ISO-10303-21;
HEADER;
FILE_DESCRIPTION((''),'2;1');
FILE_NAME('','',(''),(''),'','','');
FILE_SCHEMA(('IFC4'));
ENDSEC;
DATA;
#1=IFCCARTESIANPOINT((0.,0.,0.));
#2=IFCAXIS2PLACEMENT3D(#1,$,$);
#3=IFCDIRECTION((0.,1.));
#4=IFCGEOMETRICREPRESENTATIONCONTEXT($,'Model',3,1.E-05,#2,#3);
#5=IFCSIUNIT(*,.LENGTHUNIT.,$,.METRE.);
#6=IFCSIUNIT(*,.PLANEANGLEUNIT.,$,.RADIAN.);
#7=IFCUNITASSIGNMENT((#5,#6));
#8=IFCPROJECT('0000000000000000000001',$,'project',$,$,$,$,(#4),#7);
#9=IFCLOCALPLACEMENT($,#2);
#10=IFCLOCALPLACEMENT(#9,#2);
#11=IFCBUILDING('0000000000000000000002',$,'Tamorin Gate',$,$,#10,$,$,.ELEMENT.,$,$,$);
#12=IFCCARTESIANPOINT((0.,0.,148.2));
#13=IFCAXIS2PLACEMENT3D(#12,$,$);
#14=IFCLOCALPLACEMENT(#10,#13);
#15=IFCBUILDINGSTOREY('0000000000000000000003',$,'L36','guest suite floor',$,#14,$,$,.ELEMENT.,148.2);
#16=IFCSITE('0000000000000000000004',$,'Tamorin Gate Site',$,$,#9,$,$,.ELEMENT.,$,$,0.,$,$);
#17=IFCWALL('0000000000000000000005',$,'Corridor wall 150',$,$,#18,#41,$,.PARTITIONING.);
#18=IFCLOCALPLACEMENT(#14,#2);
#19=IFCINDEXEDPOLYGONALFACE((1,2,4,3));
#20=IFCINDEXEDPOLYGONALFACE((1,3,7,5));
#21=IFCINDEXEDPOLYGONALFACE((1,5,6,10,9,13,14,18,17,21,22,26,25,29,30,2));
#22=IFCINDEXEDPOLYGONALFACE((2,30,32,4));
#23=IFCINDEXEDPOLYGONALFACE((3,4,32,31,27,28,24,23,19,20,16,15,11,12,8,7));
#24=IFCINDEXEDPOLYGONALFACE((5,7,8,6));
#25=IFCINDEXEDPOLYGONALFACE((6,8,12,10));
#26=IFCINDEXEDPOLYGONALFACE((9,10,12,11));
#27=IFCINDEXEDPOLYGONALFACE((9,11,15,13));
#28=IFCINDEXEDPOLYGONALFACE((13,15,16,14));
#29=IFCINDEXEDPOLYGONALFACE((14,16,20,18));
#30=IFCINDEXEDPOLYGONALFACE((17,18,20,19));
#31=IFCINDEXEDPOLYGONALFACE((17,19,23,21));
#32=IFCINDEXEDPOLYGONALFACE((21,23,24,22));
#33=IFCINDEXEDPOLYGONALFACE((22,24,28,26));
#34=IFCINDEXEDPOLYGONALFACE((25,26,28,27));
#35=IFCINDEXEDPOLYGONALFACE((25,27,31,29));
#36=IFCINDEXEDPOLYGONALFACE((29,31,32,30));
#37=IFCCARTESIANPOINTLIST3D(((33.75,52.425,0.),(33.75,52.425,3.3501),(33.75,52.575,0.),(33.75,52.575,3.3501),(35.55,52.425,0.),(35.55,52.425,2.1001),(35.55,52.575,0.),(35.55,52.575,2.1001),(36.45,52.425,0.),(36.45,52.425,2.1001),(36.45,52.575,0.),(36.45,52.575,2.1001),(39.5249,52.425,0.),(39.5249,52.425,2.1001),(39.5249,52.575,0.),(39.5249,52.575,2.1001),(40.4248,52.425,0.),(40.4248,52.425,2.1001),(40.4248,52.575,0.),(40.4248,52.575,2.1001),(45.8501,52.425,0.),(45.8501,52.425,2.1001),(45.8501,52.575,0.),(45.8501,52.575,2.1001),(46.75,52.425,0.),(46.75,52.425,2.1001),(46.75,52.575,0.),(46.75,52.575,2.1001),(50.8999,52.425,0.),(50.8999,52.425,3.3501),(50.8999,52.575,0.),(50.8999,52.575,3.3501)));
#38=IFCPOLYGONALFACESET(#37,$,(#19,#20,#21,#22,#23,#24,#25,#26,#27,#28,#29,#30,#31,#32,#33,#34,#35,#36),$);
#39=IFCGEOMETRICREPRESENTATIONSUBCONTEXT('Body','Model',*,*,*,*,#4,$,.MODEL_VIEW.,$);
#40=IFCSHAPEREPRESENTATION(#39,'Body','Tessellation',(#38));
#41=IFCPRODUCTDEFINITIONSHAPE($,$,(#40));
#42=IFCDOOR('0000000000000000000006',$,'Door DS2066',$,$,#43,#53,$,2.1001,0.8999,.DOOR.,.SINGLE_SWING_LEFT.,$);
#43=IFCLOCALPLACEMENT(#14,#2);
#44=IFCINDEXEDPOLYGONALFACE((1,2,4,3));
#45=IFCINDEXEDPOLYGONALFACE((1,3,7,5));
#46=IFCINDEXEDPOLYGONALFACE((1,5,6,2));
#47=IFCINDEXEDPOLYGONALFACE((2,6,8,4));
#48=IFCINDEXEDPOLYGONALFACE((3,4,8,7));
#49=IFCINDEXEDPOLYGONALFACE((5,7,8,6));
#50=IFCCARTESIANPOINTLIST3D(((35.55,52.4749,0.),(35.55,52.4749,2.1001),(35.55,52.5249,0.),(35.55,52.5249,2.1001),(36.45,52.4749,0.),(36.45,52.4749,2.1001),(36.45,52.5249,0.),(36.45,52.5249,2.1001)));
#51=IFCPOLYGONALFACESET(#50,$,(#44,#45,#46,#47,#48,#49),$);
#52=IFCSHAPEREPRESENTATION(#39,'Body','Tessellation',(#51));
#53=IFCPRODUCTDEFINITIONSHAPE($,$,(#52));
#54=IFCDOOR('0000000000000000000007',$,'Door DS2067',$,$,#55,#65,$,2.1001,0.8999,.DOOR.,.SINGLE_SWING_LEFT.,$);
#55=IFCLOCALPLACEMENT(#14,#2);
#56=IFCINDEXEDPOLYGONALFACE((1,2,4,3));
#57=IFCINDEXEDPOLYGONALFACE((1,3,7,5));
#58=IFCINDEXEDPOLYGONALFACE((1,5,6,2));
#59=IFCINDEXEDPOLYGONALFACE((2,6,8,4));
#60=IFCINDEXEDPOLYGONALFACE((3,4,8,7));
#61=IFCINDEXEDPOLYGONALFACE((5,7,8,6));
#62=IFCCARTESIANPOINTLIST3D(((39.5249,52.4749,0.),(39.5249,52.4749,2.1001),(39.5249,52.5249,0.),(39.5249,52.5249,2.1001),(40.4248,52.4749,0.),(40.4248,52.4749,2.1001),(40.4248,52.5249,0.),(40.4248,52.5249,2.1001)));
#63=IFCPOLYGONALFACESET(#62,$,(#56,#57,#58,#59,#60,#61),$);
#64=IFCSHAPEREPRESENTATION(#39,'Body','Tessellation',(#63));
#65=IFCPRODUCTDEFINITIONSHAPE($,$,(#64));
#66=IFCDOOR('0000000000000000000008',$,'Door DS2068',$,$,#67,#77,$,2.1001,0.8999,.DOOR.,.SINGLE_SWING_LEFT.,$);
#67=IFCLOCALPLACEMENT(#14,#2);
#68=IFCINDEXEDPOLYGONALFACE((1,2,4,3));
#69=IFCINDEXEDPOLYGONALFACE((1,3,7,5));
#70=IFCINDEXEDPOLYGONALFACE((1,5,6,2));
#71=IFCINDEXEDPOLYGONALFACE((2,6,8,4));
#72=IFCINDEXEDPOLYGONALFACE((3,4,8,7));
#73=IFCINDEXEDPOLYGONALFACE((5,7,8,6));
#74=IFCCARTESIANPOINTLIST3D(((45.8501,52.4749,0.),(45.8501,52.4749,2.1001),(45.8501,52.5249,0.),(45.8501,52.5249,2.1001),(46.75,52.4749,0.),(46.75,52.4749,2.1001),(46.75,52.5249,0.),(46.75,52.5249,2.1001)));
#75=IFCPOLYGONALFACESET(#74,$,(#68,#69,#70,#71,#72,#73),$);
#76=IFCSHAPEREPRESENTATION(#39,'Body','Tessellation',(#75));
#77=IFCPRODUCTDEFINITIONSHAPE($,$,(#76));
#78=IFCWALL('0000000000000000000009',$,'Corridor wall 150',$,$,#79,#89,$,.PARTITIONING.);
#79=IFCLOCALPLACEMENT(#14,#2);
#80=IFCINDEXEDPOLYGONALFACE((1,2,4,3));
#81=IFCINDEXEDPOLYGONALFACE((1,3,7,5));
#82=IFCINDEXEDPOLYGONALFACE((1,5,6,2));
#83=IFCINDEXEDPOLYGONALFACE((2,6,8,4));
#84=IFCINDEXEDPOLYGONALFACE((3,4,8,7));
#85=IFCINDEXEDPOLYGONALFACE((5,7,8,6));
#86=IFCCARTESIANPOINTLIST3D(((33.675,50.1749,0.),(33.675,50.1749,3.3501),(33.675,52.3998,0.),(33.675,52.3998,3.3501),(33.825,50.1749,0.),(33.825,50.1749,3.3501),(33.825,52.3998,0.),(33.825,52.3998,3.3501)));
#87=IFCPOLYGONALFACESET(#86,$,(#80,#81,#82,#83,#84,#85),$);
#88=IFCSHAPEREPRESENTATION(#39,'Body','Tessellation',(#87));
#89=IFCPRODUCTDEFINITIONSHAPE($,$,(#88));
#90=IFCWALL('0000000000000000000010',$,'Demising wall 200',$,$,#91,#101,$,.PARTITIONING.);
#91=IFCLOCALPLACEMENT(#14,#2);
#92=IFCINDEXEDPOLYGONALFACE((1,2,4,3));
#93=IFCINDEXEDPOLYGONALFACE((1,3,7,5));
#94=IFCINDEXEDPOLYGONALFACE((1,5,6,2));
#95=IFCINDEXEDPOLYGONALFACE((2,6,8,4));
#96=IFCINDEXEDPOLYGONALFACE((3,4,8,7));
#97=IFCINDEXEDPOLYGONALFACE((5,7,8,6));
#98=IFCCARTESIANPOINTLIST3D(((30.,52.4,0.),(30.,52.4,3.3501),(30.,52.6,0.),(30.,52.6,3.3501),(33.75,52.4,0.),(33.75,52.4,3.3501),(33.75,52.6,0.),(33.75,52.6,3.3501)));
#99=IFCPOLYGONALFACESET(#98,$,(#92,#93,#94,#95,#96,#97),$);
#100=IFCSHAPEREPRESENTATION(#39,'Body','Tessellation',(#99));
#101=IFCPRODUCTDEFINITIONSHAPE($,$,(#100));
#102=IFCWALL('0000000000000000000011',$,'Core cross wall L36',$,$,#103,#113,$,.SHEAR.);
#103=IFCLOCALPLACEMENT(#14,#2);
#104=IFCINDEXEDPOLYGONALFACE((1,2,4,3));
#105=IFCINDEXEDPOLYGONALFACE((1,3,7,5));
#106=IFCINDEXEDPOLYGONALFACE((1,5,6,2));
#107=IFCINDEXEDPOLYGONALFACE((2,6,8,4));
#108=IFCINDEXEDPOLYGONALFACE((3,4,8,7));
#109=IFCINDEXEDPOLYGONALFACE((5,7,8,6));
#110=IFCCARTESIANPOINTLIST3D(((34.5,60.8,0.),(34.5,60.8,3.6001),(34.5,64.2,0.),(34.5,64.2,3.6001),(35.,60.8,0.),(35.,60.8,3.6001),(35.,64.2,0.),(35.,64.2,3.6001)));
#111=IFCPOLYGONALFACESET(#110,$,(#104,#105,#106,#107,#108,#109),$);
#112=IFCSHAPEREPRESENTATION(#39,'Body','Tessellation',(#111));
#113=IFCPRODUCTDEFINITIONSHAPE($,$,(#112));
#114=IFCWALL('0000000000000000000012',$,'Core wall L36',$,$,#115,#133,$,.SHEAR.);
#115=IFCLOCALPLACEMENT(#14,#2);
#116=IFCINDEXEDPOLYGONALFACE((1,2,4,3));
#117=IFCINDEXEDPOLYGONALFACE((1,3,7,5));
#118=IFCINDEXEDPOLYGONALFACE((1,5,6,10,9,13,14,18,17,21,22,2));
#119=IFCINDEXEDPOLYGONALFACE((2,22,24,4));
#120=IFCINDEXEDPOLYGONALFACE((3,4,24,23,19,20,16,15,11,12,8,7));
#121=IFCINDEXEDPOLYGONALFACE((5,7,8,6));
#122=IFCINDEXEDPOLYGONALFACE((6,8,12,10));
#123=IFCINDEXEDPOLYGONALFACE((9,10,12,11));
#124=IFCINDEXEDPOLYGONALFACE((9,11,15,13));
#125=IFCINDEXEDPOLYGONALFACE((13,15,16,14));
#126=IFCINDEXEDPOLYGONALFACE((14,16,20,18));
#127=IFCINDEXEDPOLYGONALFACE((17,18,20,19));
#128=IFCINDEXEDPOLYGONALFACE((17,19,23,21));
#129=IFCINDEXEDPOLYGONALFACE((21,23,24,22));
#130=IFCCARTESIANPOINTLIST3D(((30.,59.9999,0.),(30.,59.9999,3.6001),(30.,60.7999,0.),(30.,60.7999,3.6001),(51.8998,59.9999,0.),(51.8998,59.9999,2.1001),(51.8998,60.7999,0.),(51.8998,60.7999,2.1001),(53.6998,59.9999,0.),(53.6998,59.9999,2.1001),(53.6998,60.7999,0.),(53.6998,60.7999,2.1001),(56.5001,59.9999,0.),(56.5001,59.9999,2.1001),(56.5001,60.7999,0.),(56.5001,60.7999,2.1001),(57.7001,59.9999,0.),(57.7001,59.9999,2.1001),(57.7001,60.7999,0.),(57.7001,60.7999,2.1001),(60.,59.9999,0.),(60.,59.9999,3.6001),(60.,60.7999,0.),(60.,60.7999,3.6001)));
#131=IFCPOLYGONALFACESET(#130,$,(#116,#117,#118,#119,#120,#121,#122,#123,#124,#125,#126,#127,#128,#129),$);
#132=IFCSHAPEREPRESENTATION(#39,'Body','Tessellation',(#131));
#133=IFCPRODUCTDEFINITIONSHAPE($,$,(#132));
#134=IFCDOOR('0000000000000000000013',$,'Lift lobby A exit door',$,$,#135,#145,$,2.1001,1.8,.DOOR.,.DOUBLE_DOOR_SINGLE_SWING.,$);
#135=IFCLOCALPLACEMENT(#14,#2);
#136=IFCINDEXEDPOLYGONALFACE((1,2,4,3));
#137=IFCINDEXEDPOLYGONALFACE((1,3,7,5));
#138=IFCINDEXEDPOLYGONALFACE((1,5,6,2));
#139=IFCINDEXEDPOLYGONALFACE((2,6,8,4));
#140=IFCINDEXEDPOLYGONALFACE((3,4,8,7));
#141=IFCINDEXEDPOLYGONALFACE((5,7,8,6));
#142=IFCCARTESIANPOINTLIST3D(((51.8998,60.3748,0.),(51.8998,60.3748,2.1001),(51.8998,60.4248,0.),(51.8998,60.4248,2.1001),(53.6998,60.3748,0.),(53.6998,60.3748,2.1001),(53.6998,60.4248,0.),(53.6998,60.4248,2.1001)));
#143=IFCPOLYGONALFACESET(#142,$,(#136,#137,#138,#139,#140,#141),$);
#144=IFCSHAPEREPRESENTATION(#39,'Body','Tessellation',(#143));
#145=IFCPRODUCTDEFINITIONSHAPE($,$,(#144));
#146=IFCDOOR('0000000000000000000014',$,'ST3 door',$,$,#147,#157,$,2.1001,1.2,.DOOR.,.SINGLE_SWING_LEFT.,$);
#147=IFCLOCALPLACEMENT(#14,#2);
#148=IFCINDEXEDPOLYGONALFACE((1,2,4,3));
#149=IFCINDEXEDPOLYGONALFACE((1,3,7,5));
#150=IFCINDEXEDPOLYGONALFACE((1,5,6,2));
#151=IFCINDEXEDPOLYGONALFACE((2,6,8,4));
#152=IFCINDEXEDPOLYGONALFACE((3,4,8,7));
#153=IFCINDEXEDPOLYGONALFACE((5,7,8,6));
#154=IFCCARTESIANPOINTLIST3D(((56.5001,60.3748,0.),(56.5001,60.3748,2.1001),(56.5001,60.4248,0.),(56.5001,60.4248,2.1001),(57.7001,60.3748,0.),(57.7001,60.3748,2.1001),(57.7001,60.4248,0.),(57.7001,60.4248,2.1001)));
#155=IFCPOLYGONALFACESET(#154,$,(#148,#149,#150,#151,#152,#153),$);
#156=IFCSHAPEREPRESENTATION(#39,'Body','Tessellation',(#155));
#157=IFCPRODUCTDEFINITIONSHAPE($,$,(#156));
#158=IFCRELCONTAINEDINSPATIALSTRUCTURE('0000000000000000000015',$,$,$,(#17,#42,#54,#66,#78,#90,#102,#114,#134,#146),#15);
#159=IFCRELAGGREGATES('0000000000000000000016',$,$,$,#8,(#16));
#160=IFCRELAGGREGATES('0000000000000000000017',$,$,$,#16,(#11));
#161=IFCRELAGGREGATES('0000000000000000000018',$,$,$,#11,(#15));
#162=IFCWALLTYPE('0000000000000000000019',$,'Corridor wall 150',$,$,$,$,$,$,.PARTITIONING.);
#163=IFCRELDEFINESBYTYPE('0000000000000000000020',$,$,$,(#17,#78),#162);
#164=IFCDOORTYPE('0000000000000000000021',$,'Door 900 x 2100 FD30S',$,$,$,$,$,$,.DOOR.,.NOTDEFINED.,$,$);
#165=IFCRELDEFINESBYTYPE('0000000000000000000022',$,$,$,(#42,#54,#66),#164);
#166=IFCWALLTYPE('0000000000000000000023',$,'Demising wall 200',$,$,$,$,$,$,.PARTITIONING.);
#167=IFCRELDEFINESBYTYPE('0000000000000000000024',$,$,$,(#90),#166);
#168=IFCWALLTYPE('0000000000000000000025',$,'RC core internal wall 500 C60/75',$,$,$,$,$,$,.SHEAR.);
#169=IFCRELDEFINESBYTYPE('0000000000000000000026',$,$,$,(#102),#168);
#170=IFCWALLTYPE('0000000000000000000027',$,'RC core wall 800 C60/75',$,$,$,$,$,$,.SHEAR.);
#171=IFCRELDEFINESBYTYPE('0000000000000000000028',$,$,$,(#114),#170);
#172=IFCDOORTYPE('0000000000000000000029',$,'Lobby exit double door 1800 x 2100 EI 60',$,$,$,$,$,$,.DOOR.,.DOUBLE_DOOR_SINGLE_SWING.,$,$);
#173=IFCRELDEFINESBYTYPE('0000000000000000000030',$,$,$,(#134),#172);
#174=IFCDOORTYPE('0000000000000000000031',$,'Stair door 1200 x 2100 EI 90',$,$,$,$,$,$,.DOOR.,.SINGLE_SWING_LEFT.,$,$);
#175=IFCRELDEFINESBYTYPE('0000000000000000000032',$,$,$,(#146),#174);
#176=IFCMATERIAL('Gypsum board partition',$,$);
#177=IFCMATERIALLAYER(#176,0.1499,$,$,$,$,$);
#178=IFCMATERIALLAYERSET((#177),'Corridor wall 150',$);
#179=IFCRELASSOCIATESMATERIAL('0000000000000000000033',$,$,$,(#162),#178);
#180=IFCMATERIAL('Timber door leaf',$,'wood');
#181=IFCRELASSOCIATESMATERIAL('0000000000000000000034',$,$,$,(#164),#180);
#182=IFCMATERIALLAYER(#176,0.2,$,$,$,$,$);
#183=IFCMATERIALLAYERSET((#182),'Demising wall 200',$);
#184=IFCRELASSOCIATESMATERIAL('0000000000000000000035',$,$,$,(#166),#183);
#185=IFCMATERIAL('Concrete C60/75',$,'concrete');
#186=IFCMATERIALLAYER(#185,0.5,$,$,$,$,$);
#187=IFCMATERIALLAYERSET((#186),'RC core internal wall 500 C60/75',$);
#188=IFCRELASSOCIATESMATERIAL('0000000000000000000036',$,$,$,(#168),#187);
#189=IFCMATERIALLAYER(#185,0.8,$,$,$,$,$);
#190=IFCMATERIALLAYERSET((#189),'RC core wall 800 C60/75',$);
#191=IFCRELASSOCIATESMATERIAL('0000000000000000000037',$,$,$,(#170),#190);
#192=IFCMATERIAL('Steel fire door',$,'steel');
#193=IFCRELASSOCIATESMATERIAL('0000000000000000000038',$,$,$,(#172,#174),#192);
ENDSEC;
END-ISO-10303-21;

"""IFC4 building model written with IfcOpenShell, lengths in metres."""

from ifc_helpers import new_model, si_unit, direction, frame, frame_2d, origin, place, context, subcontext, project, spatial, rectangle, extrude, material, layer, layer_set, type_object, element, fill, save


model = new_model("IFC4")

# Units and contexts
model_context = context("Model", 3, precision=1e-05, world=origin(), true_north=direction((0.0, 1.0)))
body_context = subcontext(model_context, "Body", "Model", "MODEL_VIEW")
ifc_project = project(units=[si_unit("LENGTHUNIT", "METRE"), si_unit("PLANEANGLEUNIT", "RADIAN")], contexts=[model_context])

# Site, building, storey
site_placement = place(None, origin())
site = spatial("IfcSite", under=ifc_project, at=site_placement, Name="Tamorin Gate Site", CompositionType="ELEMENT", RefElevation=0.0)
building_placement = place(site_placement, origin())
building = spatial("IfcBuilding", under=site, at=building_placement, Name="Tamorin Gate", CompositionType="ELEMENT")
storey_placement = place(building_placement, frame((0.0, 0.0, 148.2)))
storey = spatial("IfcBuildingStorey", under=building, at=storey_placement, Name="L36", Description="guest suite floor", CompositionType="ELEMENT", Elevation=148.2)

# Wall, openings, doors
ifc_material_1 = material(Name="Gypsum board partition")
ifc_layer_1 = layer(ifc_material_1, 0.1499)
ifc_layer_set_1 = layer_set([ifc_layer_1], Name="Corridor wall 150")
wall_type_1 = type_object("IfcWallType", Name="Corridor wall 150", PredefinedType="PARTITIONING", material=ifc_layer_set_1)
wall_1_placement = place(storey_placement, frame((33.75, 52.5, 0.0), z_axis=(0.0, 0.0, 1.0), x_axis=(1.0, 0.0, 0.0)))
wall_1 = element("IfcWall", 1, at=wall_1_placement, inside=storey, type_object=wall_type_1, Name="Corridor wall 150", PredefinedType="PARTITIONING", context=body_context, shape_type="SweptSolid", body=[
    extrude(rectangle(XDim=17.1499, YDim=0.1499, at=frame_2d((8.575, 0.0))), origin(), (0.0, 0.0, 1.0), 3.3501),
])
opening_1_placement = place(wall_1_placement, frame((1.8, 0.0, 0.0)))
opening_1 = element("IfcOpeningElement", 2, at=opening_1_placement, cuts=wall_1, PredefinedType="OPENING", context=body_context, shape_type="SweptSolid", body=[
    extrude(rectangle(XDim=0.8999, YDim=2.1001, at=frame_2d((0.45, 1.05))), frame((0.0, 0.085, 0.0), z_axis=(0.0, -1.0, 0.0), x_axis=(1.0, 0.0, 0.0)), (0.0, 0.0, 1.0), 0.1699),
])
opening_2_placement = place(wall_1_placement, frame((5.7749, 0.0, 0.0)))
opening_2 = element("IfcOpeningElement", 3, at=opening_2_placement, cuts=wall_1, PredefinedType="OPENING", context=body_context, shape_type="SweptSolid", body=[
    extrude(rectangle(XDim=0.8999, YDim=2.1001, at=frame_2d((0.45, 1.05))), frame((0.0, 0.085, 0.0), z_axis=(0.0, -1.0, 0.0), x_axis=(1.0, 0.0, 0.0)), (0.0, 0.0, 1.0), 0.1699),
])
opening_3_placement = place(wall_1_placement, frame((12.1001, 0.0, 0.0)))
opening_3 = element("IfcOpeningElement", 4, at=opening_3_placement, cuts=wall_1, PredefinedType="OPENING", context=body_context, shape_type="SweptSolid", body=[
    extrude(rectangle(XDim=0.8999, YDim=2.1001, at=frame_2d((0.45, 1.05))), frame((0.0, 0.085, 0.0), z_axis=(0.0, -1.0, 0.0), x_axis=(1.0, 0.0, 0.0)), (0.0, 0.0, 1.0), 0.1699),
])
ifc_material_2 = material(Name="Timber door leaf", Category="wood")
door_type_1 = type_object("IfcDoorType", Name="Door 900 x 2100 FD30S", OperationType="NOTDEFINED", PredefinedType="DOOR", material=ifc_material_2)
door_1_placement = place(opening_1_placement, origin())
door_1 = element("IfcDoor", 5, at=door_1_placement, inside=storey, type_object=door_type_1, Name="Door DS2066", OperationType="SINGLE_SWING_LEFT", OverallHeight=2.1001, OverallWidth=0.8999, PredefinedType="DOOR", context=body_context, shape_type="SweptSolid", body=[
    extrude(rectangle(XDim=0.8999, YDim=2.1001, at=frame_2d((0.45, 1.05))), frame((0.0, 0.0249, 0.0), z_axis=(0.0, -1.0, 0.0), x_axis=(1.0, 0.0, 0.0)), (0.0, 0.0, 1.0), 0.05),
])
fill(opening_1, door_1)
door_2_placement = place(opening_2_placement, origin())
door_2 = element("IfcDoor", 6, at=door_2_placement, inside=storey, type_object=door_type_1, Name="Door DS2067", OperationType="SINGLE_SWING_LEFT", OverallHeight=2.1001, OverallWidth=0.8999, PredefinedType="DOOR", context=body_context, shape_type="SweptSolid", body=[
    extrude(rectangle(XDim=0.8999, YDim=2.1001, at=frame_2d((0.45, 1.05))), frame((0.0, 0.0249, 0.0), z_axis=(0.0, -1.0, 0.0), x_axis=(1.0, 0.0, 0.0)), (0.0, 0.0, 1.0), 0.05),
])
fill(opening_2, door_2)
door_3_placement = place(opening_3_placement, origin())
door_3 = element("IfcDoor", 7, at=door_3_placement, inside=storey, type_object=door_type_1, Name="Door DS2068", OperationType="SINGLE_SWING_LEFT", OverallHeight=2.1001, OverallWidth=0.8999, PredefinedType="DOOR", context=body_context, shape_type="SweptSolid", body=[
    extrude(rectangle(XDim=0.8999, YDim=2.1001, at=frame_2d((0.45, 1.05))), frame((0.0, 0.0249, 0.0), z_axis=(0.0, -1.0, 0.0), x_axis=(1.0, 0.0, 0.0)), (0.0, 0.0, 1.0), 0.05),
])
fill(opening_3, door_3)

# Walls
wall_2_placement = place(storey_placement, frame((33.75, 50.175, 0.0), z_axis=(0.0, 0.0, 1.0), x_axis=(0.0, 1.0, 0.0)))
element("IfcWall", 8, at=wall_2_placement, inside=storey, type_object=wall_type_1, Name="Corridor wall 150", PredefinedType="PARTITIONING", context=body_context, shape_type="SweptSolid", body=[
    extrude(rectangle(XDim=2.2249, YDim=0.1499, at=frame_2d((1.1123, 0.0))), origin(), (0.0, 0.0, 1.0), 3.3501),
])
ifc_layer_2 = layer(ifc_material_1, 0.2)
ifc_layer_set_2 = layer_set([ifc_layer_2], Name="Demising wall 200")
wall_type_2 = type_object("IfcWallType", Name="Demising wall 200", PredefinedType="PARTITIONING", material=ifc_layer_set_2)
wall_3_placement = place(storey_placement, frame((30.0, 52.5, 0.0), z_axis=(0.0, 0.0, 1.0), x_axis=(1.0, 0.0, 0.0)))
element("IfcWall", 9, at=wall_3_placement, inside=storey, type_object=wall_type_2, Name="Demising wall 200", PredefinedType="PARTITIONING", context=body_context, shape_type="SweptSolid", body=[
    extrude(rectangle(XDim=3.75, YDim=0.2, at=frame_2d((1.875, 0.0))), origin(), (0.0, 0.0, 1.0), 3.3501),
])
ifc_material_3 = material(Name="Concrete C60/75", Category="concrete")
ifc_layer_3 = layer(ifc_material_3, 0.5)
ifc_layer_set_3 = layer_set([ifc_layer_3], Name="RC core internal wall 500 C60/75")
wall_type_3 = type_object("IfcWallType", Name="RC core internal wall 500 C60/75", PredefinedType="SHEAR", material=ifc_layer_set_3)
wall_4_placement = place(storey_placement, frame((34.75, 60.8, 0.0), z_axis=(0.0, 0.0, 1.0), x_axis=(0.0, 1.0, 0.0)))
element("IfcWall", 10, at=wall_4_placement, inside=storey, type_object=wall_type_3, Name="Core cross wall L36", PredefinedType="SHEAR", context=body_context, shape_type="SweptSolid", body=[
    extrude(rectangle(XDim=3.3999, YDim=0.5, at=frame_2d((1.7, 0.0))), origin(), (0.0, 0.0, 1.0), 3.6001),
])

# Wall, openings, doors
ifc_layer_4 = layer(ifc_material_3, 0.8)
ifc_layer_set_4 = layer_set([ifc_layer_4], Name="RC core wall 800 C60/75")
wall_type_4 = type_object("IfcWallType", Name="RC core wall 800 C60/75", PredefinedType="SHEAR", material=ifc_layer_set_4)
wall_5_placement = place(storey_placement, frame((30.0, 60.3999, 0.0), z_axis=(0.0, 0.0, 1.0), x_axis=(1.0, 0.0, 0.0)))
wall_5 = element("IfcWall", 11, at=wall_5_placement, inside=storey, type_object=wall_type_4, Name="Core wall L36", PredefinedType="SHEAR", context=body_context, shape_type="SweptSolid", body=[
    extrude(rectangle(XDim=30.0, YDim=0.8, at=frame_2d((15.0, 0.0))), origin(), (0.0, 0.0, 1.0), 3.6001),
])
opening_4_placement = place(wall_5_placement, frame((21.8999, 0.0, 0.0)))
opening_4 = element("IfcOpeningElement", 12, at=opening_4_placement, cuts=wall_5, PredefinedType="OPENING", context=body_context, shape_type="SweptSolid", body=[
    extrude(rectangle(XDim=1.8, YDim=2.1001, at=frame_2d((0.8999, 1.05))), frame((0.0, 0.4099, 0.0), z_axis=(0.0, -1.0, 0.0), x_axis=(1.0, 0.0, 0.0)), (0.0, 0.0, 1.0), 0.8201),
])
opening_5_placement = place(wall_5_placement, frame((26.5, 0.0, 0.0)))
opening_5 = element("IfcOpeningElement", 13, at=opening_5_placement, cuts=wall_5, PredefinedType="OPENING", context=body_context, shape_type="SweptSolid", body=[
    extrude(rectangle(XDim=1.2, YDim=2.1001, at=frame_2d((0.6001, 1.05))), frame((0.0, 0.4099, 0.0), z_axis=(0.0, -1.0, 0.0), x_axis=(1.0, 0.0, 0.0)), (0.0, 0.0, 1.0), 0.8201),
])
ifc_material_4 = material(Name="Steel fire door", Category="steel")
door_type_2 = type_object("IfcDoorType", Name="Lobby exit double door 1800 x 2100 EI 60", OperationType="DOUBLE_DOOR_SINGLE_SWING", PredefinedType="DOOR", material=ifc_material_4)
door_4_placement = place(opening_4_placement, origin())
door_4 = element("IfcDoor", 14, at=door_4_placement, inside=storey, type_object=door_type_2, Name="Lift lobby A exit door", OperationType="DOUBLE_DOOR_SINGLE_SWING", OverallHeight=2.1001, OverallWidth=1.8, PredefinedType="DOOR", context=body_context, shape_type="SweptSolid", body=[
    extrude(rectangle(XDim=1.8, YDim=2.1001, at=frame_2d((0.8999, 1.05))), frame((0.0, 0.0249, 0.0), z_axis=(0.0, -1.0, 0.0), x_axis=(1.0, 0.0, 0.0)), (0.0, 0.0, 1.0), 0.05),
])
fill(opening_4, door_4)
door_type_3 = type_object("IfcDoorType", Name="Stair door 1200 x 2100 EI 90", OperationType="SINGLE_SWING_LEFT", PredefinedType="DOOR", material=ifc_material_4)
door_5_placement = place(opening_5_placement, origin())
door_5 = element("IfcDoor", 15, at=door_5_placement, inside=storey, type_object=door_type_3, Name="ST3 door", OperationType="SINGLE_SWING_LEFT", OverallHeight=2.1001, OverallWidth=1.2, PredefinedType="DOOR", context=body_context, shape_type="SweptSolid", body=[
    extrude(rectangle(XDim=1.2, YDim=2.1001, at=frame_2d((0.6001, 1.05))), frame((0.0, 0.0249, 0.0), z_axis=(0.0, -1.0, 0.0), x_axis=(1.0, 0.0, 0.0)), (0.0, 0.0, 1.0), 0.05),
])
fill(opening_5, door_5)

save(model, "model.ifc")
